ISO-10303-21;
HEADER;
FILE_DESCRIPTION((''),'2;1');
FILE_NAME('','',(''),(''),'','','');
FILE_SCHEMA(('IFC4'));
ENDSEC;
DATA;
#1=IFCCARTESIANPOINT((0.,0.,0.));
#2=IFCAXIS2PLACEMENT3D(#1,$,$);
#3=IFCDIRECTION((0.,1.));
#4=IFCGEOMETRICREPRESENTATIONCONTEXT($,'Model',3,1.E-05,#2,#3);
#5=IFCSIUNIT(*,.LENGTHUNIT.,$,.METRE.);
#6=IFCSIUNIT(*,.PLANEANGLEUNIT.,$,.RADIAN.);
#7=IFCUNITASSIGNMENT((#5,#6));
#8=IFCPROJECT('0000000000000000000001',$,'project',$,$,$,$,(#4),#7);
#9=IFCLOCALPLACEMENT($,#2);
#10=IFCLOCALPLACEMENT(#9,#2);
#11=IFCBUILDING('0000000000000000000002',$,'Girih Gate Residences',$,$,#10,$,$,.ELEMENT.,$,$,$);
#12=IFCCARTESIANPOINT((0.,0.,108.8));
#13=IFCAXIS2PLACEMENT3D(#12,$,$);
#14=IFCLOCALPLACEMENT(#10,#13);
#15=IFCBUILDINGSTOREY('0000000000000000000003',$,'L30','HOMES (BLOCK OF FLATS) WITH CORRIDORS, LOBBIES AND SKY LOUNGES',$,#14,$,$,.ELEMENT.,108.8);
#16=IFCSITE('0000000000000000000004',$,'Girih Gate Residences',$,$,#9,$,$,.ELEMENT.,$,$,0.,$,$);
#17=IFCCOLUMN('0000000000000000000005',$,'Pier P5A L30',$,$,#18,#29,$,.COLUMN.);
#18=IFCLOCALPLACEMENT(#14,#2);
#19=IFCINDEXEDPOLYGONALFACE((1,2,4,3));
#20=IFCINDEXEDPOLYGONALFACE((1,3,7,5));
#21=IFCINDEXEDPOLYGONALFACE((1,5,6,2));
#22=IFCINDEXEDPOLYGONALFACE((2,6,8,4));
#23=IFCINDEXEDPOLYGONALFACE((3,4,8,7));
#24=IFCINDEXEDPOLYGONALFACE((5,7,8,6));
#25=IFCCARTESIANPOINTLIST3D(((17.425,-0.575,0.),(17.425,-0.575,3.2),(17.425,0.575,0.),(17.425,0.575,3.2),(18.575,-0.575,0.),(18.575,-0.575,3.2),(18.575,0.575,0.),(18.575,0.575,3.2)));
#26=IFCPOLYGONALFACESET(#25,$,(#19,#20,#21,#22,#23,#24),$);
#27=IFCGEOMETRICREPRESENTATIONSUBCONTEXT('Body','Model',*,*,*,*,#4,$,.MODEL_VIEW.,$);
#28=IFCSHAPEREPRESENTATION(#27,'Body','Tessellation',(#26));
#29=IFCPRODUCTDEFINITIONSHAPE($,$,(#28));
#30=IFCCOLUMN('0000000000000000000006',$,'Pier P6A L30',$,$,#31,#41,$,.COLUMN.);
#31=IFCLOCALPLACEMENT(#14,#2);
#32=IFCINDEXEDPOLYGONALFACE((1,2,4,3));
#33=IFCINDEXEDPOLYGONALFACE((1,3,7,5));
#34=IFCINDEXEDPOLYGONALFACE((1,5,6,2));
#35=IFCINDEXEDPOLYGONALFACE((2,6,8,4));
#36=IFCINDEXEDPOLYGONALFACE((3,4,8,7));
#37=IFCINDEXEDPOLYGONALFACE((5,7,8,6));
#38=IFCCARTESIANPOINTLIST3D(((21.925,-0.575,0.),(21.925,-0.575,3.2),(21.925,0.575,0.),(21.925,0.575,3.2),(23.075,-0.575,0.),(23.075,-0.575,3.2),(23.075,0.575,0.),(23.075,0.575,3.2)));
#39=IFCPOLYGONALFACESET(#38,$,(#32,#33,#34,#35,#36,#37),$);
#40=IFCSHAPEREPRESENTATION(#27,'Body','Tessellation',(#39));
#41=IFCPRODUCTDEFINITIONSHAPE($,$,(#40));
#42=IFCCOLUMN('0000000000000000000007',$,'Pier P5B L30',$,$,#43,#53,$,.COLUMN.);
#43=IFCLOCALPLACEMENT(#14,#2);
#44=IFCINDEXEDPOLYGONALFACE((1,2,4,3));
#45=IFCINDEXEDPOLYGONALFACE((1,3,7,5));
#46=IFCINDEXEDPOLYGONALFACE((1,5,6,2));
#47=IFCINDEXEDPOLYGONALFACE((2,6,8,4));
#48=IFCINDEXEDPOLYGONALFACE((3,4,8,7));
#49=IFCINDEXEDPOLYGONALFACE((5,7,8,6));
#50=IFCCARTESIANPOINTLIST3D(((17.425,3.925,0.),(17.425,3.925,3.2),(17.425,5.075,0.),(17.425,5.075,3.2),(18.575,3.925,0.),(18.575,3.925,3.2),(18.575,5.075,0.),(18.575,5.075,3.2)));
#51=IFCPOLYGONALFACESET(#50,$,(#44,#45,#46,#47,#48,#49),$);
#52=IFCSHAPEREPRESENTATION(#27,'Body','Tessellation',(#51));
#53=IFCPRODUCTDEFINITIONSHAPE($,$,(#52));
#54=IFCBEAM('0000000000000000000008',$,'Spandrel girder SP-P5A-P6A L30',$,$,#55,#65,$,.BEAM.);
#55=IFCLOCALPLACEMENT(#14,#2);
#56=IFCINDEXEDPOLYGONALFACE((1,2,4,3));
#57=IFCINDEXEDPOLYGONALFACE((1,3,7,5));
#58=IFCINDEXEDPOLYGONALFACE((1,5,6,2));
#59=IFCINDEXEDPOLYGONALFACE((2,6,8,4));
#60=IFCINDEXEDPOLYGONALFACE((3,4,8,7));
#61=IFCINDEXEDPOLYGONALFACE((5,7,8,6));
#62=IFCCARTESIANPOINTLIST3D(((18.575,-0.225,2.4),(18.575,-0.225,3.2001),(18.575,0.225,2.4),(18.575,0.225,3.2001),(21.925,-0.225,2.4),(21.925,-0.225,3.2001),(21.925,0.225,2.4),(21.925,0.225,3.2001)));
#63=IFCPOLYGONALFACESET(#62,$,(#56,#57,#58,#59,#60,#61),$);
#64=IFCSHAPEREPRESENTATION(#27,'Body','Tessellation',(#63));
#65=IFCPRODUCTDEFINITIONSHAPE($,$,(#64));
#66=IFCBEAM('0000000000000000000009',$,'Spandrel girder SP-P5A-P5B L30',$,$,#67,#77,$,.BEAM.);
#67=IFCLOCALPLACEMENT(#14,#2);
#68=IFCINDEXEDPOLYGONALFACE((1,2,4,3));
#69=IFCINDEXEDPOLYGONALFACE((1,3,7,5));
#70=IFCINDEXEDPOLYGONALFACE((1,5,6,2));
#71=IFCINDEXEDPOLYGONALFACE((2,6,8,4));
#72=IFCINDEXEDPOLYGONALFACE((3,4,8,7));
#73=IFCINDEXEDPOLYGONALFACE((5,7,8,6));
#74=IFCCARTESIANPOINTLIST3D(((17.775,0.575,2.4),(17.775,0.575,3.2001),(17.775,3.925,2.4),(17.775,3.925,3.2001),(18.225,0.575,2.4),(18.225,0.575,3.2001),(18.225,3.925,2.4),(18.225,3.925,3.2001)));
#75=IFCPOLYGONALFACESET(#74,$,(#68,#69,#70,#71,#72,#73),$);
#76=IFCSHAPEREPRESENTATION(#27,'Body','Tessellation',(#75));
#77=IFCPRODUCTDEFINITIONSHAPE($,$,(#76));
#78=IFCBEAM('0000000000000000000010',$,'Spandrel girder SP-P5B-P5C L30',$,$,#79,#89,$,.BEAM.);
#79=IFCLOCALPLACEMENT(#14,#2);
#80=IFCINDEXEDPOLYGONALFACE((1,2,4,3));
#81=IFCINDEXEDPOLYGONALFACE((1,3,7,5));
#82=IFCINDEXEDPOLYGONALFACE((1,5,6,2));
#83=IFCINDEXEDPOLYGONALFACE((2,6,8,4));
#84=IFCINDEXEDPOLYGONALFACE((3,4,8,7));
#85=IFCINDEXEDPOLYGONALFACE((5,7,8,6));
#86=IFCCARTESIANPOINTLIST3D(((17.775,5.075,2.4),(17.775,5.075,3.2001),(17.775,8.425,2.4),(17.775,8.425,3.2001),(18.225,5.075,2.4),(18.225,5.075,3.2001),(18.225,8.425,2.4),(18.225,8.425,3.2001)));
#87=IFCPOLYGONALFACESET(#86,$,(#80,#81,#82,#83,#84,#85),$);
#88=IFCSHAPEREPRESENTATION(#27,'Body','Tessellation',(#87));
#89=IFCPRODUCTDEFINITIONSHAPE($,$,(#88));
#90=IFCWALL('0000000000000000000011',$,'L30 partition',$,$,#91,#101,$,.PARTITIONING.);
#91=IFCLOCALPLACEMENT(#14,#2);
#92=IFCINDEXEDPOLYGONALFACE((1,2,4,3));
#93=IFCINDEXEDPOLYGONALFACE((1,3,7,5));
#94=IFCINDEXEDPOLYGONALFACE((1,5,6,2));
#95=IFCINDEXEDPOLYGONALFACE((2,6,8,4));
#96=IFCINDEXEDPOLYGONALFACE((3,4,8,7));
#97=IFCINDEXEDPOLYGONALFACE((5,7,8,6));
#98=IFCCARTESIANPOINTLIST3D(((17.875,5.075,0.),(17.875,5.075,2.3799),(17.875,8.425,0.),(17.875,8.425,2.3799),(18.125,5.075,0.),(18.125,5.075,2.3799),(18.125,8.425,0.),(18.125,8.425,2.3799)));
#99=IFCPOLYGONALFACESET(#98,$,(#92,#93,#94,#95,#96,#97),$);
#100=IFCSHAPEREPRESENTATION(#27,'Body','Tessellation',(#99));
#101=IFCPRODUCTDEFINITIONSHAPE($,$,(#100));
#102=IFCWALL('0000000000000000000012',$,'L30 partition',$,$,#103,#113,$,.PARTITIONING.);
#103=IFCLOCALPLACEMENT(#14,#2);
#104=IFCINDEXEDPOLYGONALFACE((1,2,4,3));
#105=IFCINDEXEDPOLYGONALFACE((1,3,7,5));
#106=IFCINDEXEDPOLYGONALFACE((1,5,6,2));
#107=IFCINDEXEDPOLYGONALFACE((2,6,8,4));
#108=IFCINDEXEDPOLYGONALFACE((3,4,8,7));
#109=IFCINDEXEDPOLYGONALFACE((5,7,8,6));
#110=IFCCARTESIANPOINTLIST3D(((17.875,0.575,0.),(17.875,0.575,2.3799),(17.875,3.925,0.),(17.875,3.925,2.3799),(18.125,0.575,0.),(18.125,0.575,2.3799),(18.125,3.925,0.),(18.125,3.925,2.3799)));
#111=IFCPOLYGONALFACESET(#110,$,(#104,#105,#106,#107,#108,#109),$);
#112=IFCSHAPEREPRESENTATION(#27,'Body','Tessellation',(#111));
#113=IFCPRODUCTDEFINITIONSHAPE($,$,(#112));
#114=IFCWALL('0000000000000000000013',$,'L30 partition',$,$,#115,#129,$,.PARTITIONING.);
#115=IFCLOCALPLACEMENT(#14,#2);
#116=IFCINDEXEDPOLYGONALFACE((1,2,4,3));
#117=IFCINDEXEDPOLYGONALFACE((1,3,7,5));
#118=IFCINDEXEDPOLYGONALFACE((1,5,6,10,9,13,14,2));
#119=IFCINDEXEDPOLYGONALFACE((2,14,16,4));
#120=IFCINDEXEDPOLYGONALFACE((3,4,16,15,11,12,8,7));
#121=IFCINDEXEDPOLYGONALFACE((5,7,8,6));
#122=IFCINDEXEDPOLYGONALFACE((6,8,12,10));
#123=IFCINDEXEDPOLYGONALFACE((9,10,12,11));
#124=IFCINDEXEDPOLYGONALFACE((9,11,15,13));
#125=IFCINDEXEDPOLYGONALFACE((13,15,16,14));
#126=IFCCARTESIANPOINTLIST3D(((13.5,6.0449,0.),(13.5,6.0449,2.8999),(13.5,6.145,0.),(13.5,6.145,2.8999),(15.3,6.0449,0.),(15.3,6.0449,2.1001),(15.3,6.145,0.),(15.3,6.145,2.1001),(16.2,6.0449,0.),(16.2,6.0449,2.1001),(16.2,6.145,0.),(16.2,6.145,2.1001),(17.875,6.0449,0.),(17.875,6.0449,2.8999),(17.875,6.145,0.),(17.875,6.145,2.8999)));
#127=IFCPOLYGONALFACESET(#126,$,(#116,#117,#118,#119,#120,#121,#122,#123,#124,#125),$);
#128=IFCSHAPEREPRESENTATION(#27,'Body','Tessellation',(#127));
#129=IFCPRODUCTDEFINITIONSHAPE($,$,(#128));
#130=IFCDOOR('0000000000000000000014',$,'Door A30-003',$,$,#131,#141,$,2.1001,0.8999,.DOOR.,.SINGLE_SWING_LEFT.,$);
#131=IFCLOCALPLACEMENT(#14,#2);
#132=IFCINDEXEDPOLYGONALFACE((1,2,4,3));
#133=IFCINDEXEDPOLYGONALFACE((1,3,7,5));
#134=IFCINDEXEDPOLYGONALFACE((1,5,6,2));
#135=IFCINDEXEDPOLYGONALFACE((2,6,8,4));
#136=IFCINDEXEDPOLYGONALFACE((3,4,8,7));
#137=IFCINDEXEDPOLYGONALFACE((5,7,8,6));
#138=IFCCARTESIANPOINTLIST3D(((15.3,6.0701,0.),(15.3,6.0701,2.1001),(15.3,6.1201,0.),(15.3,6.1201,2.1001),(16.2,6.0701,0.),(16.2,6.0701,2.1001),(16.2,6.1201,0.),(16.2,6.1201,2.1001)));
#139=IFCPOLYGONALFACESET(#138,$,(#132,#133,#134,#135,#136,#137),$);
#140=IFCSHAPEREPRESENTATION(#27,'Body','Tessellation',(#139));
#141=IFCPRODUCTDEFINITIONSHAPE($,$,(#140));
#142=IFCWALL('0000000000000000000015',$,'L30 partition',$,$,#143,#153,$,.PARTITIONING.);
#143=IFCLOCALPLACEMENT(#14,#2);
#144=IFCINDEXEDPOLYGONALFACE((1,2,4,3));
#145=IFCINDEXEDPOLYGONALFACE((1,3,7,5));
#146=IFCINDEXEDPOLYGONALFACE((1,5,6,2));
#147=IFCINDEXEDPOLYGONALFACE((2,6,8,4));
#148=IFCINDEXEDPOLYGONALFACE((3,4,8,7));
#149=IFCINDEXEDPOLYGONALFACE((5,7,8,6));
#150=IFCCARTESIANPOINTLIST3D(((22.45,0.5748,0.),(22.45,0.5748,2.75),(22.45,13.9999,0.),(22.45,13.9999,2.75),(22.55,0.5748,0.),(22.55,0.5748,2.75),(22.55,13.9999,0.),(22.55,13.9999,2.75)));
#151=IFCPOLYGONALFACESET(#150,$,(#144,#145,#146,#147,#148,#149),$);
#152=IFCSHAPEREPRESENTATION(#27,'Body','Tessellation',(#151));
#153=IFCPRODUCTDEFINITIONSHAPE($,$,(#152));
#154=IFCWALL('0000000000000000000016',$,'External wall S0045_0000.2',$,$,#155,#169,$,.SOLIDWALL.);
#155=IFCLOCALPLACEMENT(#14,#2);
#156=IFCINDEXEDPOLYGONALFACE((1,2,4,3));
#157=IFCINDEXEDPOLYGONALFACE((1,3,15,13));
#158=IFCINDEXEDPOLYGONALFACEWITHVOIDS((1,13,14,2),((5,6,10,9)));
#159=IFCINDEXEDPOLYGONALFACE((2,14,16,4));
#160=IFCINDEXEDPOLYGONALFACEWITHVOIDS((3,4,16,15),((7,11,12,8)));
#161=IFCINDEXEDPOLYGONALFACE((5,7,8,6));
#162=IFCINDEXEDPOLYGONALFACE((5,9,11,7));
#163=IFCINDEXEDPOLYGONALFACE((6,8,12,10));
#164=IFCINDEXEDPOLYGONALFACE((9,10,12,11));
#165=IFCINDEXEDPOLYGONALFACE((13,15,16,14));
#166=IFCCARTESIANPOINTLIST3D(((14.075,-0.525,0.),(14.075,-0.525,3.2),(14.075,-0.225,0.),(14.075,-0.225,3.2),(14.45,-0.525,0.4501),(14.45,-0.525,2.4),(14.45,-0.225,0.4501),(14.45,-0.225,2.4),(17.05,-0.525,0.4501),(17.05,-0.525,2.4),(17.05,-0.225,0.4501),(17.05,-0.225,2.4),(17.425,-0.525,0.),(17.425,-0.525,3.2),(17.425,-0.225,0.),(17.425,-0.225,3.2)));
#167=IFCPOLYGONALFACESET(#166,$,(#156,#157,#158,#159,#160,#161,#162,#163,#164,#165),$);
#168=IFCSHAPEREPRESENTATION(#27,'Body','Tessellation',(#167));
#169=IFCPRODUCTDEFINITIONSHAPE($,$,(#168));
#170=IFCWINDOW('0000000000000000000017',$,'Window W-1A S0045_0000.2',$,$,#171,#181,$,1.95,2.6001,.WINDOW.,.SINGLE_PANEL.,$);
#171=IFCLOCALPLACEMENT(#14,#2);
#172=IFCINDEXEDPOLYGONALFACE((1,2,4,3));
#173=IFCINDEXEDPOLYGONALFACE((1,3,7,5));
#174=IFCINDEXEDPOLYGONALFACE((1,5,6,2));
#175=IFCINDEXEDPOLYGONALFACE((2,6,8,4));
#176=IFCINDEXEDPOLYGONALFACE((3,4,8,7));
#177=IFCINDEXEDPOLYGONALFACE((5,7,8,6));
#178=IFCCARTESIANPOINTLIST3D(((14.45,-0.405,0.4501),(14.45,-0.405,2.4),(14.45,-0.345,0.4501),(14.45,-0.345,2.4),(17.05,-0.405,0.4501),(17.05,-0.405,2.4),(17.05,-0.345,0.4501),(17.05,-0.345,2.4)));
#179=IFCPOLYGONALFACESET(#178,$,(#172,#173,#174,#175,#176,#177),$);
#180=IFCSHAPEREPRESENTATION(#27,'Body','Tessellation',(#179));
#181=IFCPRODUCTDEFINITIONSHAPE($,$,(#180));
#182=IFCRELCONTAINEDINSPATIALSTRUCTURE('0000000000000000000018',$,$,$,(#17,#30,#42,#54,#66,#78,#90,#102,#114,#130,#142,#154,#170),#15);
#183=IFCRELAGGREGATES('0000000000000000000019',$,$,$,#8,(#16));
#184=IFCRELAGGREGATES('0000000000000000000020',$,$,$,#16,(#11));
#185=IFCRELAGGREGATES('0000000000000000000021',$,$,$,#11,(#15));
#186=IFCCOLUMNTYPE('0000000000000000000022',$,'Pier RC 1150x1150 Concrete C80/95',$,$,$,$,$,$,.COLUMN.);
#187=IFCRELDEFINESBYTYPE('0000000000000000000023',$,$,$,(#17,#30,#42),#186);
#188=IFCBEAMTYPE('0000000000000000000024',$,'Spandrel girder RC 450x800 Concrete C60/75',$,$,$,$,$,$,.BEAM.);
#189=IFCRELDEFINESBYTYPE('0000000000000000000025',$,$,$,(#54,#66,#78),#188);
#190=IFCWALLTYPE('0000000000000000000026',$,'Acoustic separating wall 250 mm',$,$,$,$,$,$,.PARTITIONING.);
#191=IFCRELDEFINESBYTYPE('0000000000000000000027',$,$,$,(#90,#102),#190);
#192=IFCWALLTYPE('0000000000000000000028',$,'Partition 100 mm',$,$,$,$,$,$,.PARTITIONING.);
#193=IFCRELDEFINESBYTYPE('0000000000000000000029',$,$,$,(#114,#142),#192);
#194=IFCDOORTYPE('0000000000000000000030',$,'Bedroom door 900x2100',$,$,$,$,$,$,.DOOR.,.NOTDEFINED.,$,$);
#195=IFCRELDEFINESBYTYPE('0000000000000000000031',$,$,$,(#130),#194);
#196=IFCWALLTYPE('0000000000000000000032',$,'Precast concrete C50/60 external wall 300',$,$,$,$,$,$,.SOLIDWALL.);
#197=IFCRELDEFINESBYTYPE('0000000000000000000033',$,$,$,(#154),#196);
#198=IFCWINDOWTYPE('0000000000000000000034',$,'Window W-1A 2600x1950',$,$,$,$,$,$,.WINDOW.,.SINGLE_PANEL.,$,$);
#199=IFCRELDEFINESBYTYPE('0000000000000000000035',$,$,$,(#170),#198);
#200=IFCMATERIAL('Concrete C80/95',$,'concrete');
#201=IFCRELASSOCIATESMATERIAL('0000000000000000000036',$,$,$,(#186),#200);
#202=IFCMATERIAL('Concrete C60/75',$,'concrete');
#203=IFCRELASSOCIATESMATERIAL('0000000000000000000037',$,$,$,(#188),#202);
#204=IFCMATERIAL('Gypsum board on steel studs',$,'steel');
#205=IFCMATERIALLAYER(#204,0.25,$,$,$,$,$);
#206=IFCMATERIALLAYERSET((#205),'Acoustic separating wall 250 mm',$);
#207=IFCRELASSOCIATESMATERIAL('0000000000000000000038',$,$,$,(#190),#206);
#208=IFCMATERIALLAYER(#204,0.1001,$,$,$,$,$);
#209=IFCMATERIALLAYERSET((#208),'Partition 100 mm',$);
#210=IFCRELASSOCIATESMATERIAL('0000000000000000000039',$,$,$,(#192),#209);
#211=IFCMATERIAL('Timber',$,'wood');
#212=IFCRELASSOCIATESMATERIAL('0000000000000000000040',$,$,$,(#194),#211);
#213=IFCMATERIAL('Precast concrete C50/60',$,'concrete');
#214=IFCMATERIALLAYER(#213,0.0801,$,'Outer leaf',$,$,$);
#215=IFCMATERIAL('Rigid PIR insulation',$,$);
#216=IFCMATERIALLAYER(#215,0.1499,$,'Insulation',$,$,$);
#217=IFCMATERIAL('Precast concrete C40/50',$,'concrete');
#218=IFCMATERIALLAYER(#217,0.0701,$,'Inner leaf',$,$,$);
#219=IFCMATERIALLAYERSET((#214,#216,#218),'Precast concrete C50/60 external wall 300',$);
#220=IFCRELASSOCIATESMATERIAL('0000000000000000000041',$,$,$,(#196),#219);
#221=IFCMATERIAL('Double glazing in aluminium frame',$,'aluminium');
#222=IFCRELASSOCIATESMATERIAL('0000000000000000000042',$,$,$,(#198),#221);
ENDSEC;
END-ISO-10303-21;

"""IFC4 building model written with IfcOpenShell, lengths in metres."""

from ifc_helpers import new_model, si_unit, direction, frame, frame_2d, origin, origin_2d, place, context, subcontext, project, spatial, rectangle, extrude, material, layer, layer_set, material_profile, profile_set, type_object, element, fill, save


model = new_model("IFC4")

# Units and contexts
model_context = context("Model", 3, precision=1e-05, world=origin(), true_north=direction((0.0, 1.0)))
body_context = subcontext(model_context, "Body", "Model", "MODEL_VIEW")
ifc_project = project(units=[si_unit("LENGTHUNIT", "METRE"), si_unit("PLANEANGLEUNIT", "RADIAN")], contexts=[model_context])

# Site, building, storey
site_placement = place(None, origin())
site = spatial("IfcSite", under=ifc_project, at=site_placement, Name="Girih Gate Residences", CompositionType="ELEMENT", RefElevation=0.0)
building_placement = place(site_placement, origin())
building = spatial("IfcBuilding", under=site, at=building_placement, Name="Girih Gate Residences", CompositionType="ELEMENT")
storey_placement = place(building_placement, frame((0.0, 0.0, 108.8)))
storey = spatial("IfcBuildingStorey", under=building, at=storey_placement, Name="L30", Description="HOMES (BLOCK OF FLATS) WITH CORRIDORS, LOBBIES AND SKY LOUNGES", CompositionType="ELEMENT", Elevation=108.8)

# Columns
ifc_material_1 = material(Name="Concrete C80/95", Category="concrete")
ifc_material_profile_1 = material_profile(ifc_material_1, rectangle(XDim=1.1499, YDim=1.1499, at=origin_2d()))
ifc_profile_set_1 = profile_set([ifc_material_profile_1], Name="Concrete C80/95")
column_type = type_object("IfcColumnType", Name="Pier RC 1150x1150 Concrete C80/95", PredefinedType="COLUMN", material=ifc_profile_set_1)
for number, where, z_axis, x_axis, name in (
    (1, (18.0, 0.0, 0.0), (0.0, 0.0, 1.0), (1.0, 0.0, 0.0), "Pier P5A L30"),
    (2, (22.5, 0.0, 0.0), (0.0, 0.0, 1.0), (1.0, 0.0, 0.0), "Pier P6A L30"),
    (3, (18.0, 4.5, 0.0), (0.0, 0.0, 1.0), (1.0, 0.0, 0.0), "Pier P5B L30"),
):
    element("IfcColumn", number, at=place(storey_placement, frame(where, z_axis=z_axis, x_axis=x_axis)), inside=storey, type_object=column_type, Name=name, PredefinedType="COLUMN", context=body_context, shape_type="SweptSolid", body=[
        extrude(rectangle(XDim=1.1499, YDim=1.1499, at=origin_2d()), origin(), (0.0, 0.0, 1.0), 3.2),
    ])

# Beams
ifc_material_2 = material(Name="Concrete C60/75", Category="concrete")
ifc_material_profile_2 = material_profile(ifc_material_2, rectangle(XDim=0.45, YDim=0.8, at=origin_2d()))
ifc_profile_set_2 = profile_set([ifc_material_profile_2], Name="Concrete C60/75")
beam_type = type_object("IfcBeamType", Name="Spandrel girder RC 450x800 Concrete C60/75", PredefinedType="BEAM", material=ifc_profile_set_2)
for number, where, z_axis, x_axis, name in (
    (4, (18.575, 0.0, 2.8), (1.0, 0.0, 0.0), (0.0, 1.0, 0.0), "Spandrel girder SP-P5A-P6A L30"),
    (5, (18.0, 0.575, 2.8), (0.0, 1.0, 0.0), (-1.0, 0.0, 0.0), "Spandrel girder SP-P5A-P5B L30"),
    (6, (18.0, 5.075, 2.8), (0.0, 1.0, 0.0), (-1.0, 0.0, 0.0), "Spandrel girder SP-P5B-P5C L30"),
):
    element("IfcBeam", number, at=place(storey_placement, frame(where, z_axis=z_axis, x_axis=x_axis)), inside=storey, type_object=beam_type, Name=name, PredefinedType="BEAM", context=body_context, shape_type="SweptSolid", body=[
        extrude(rectangle(XDim=0.45, YDim=0.8, at=origin_2d()), origin(), (0.0, 0.0, 1.0), 3.3501),
    ])

# Walls
ifc_material_3 = material(Name="Gypsum board on steel studs", Category="steel")
ifc_layer_1 = layer(ifc_material_3, 0.25)
ifc_layer_set_1 = layer_set([ifc_layer_1], Name="Acoustic separating wall 250 mm")
wall_type_1 = type_object("IfcWallType", Name="Acoustic separating wall 250 mm", PredefinedType="PARTITIONING", material=ifc_layer_set_1)
for number, where, z_axis, x_axis, name in (
    (7, (18.0, 5.075, 0.0), (0.0, 0.0, 1.0), (0.0, 1.0, 0.0), "L30 partition"),
    (8, (18.0, 0.575, 0.0), (0.0, 0.0, 1.0), (0.0, 1.0, 0.0), "L30 partition"),
):
    element("IfcWall", number, at=place(storey_placement, frame(where, z_axis=z_axis, x_axis=x_axis)), inside=storey, type_object=wall_type_1, Name=name, PredefinedType="PARTITIONING", context=body_context, shape_type="SweptSolid", body=[
        extrude(rectangle(XDim=3.3501, YDim=0.25, at=frame_2d((1.675, 0.0))), origin(), (0.0, 0.0, 1.0), 2.3799),
    ])

# Wall, opening, door
ifc_layer_2 = layer(ifc_material_3, 0.1001)
ifc_layer_set_2 = layer_set([ifc_layer_2], Name="Partition 100 mm")
wall_type_2 = type_object("IfcWallType", Name="Partition 100 mm", PredefinedType="PARTITIONING", material=ifc_layer_set_2)
wall_1_placement = place(storey_placement, frame((17.875, 6.095, 0.0), z_axis=(0.0, 0.0, 1.0), x_axis=(-1.0, 0.0, 0.0)))
wall_1 = element("IfcWall", 9, at=wall_1_placement, inside=storey, type_object=wall_type_2, Name="L30 partition", PredefinedType="PARTITIONING", context=body_context, shape_type="SweptSolid", body=[
    extrude(rectangle(XDim=4.375, YDim=0.1001, at=frame_2d((2.1875, 0.0))), origin(), (0.0, 0.0, 1.0), 2.8999),
])
opening_1_placement = place(wall_1_placement, frame((1.675, 0.0, 0.0)))
opening_1 = element("IfcOpeningElement", 10, at=opening_1_placement, cuts=wall_1, PredefinedType="OPENING", context=body_context, shape_type="SweptSolid", body=[
    extrude(rectangle(XDim=0.8999, YDim=2.1001, at=frame_2d((0.45, 1.05))), frame((0.0, 0.0601, 0.0), z_axis=(0.0, -1.0, 0.0), x_axis=(1.0, 0.0, 0.0)), (0.0, 0.0, 1.0), 0.1201),
])
ifc_material_4 = material(Name="Timber", Category="wood")
door_type = type_object("IfcDoorType", Name="Bedroom door 900x2100", OperationType="NOTDEFINED", PredefinedType="DOOR", material=ifc_material_4)
door_placement = place(opening_1_placement, origin())
door = element("IfcDoor", 11, at=door_placement, inside=storey, type_object=door_type, Name="Door A30-003", OperationType="SINGLE_SWING_LEFT", OverallHeight=2.1001, OverallWidth=0.8999, PredefinedType="DOOR", context=body_context, shape_type="SweptSolid", body=[
    extrude(rectangle(XDim=0.8999, YDim=2.1001, at=frame_2d((0.45, 1.05))), frame((0.0, 0.0249, 0.0), z_axis=(0.0, -1.0, 0.0), x_axis=(1.0, 0.0, 0.0)), (0.0, 0.0, 1.0), 0.05),
])
fill(opening_1, door)

# Wall
wall_2_placement = place(storey_placement, frame((22.5, 0.575, 0.0), z_axis=(0.0, 0.0, 1.0), x_axis=(0.0, 1.0, 0.0)))
element("IfcWall", 12, at=wall_2_placement, inside=storey, type_object=wall_type_2, Name="L30 partition", PredefinedType="PARTITIONING", context=body_context, shape_type="SweptSolid", body=[
    extrude(rectangle(XDim=13.425, YDim=0.1001, at=frame_2d((6.7124, 0.0))), origin(), (0.0, 0.0, 1.0), 2.75),
])

# Wall, opening, window
ifc_material_5 = material(Name="Precast concrete C50/60", Category="concrete")
ifc_layer_3 = layer(ifc_material_5, 0.0801, Name="Outer leaf")
ifc_material_6 = material(Name="Rigid PIR insulation")
ifc_layer_4 = layer(ifc_material_6, 0.1499, Name="Insulation")
ifc_material_7 = material(Name="Precast concrete C40/50", Category="concrete")
ifc_layer_5 = layer(ifc_material_7, 0.0701, Name="Inner leaf")
ifc_layer_set_3 = layer_set([ifc_layer_3, ifc_layer_4, ifc_layer_5], Name="Precast concrete C50/60 external wall 300")
wall_type_3 = type_object("IfcWallType", Name="Precast concrete C50/60 external wall 300", PredefinedType="SOLIDWALL", material=ifc_layer_set_3)
wall_3_placement = place(storey_placement, frame((17.425, -0.375, 0.0), z_axis=(0.0, 0.0, 1.0), x_axis=(-1.0, 0.0, 0.0)))
wall_3 = element("IfcWall", 13, at=wall_3_placement, inside=storey, type_object=wall_type_3, Name="External wall S0045_0000.2", PredefinedType="SOLIDWALL", context=body_context, shape_type="SweptSolid", body=[
    extrude(rectangle(XDim=3.3501, YDim=0.3, at=frame_2d((1.675, 0.0))), origin(), (0.0, 0.0, 1.0), 3.2),
])
opening_2_placement = place(wall_3_placement, frame((0.375, 0.0, 0.45)))
opening_2 = element("IfcOpeningElement", 14, at=opening_2_placement, cuts=wall_3, PredefinedType="OPENING", context=body_context, shape_type="SweptSolid", body=[
    extrude(rectangle(XDim=2.6001, YDim=1.95, at=frame_2d((1.3, 0.9751))), frame((0.0, 0.1599, 0.0), z_axis=(0.0, -1.0, 0.0), x_axis=(1.0, 0.0, 0.0)), (0.0, 0.0, 1.0), 0.3201),
])
ifc_material_8 = material(Name="Double glazing in aluminium frame", Category="aluminium")
window_type = type_object("IfcWindowType", Name="Window W-1A 2600x1950", PartitioningType="SINGLE_PANEL", PredefinedType="WINDOW", material=ifc_material_8)
window_1_placement = place(opening_2_placement, origin())
window_1 = element("IfcWindow", 15, at=window_1_placement, inside=storey, type_object=window_type, Name="Window W-1A S0045_0000.2", OverallHeight=1.95, OverallWidth=2.6001, PartitioningType="SINGLE_PANEL", PredefinedType="WINDOW", context=body_context, shape_type="SweptSolid", body=[
    extrude(rectangle(XDim=2.6001, YDim=1.95, at=frame_2d((1.3, 0.9751))), frame((0.0, 0.03, 0.0), z_axis=(0.0, -1.0, 0.0), x_axis=(1.0, 0.0, 0.0)), (0.0, 0.0, 1.0), 0.0601),
])
fill(opening_2, window_1)

save(model, "model.ifc")
